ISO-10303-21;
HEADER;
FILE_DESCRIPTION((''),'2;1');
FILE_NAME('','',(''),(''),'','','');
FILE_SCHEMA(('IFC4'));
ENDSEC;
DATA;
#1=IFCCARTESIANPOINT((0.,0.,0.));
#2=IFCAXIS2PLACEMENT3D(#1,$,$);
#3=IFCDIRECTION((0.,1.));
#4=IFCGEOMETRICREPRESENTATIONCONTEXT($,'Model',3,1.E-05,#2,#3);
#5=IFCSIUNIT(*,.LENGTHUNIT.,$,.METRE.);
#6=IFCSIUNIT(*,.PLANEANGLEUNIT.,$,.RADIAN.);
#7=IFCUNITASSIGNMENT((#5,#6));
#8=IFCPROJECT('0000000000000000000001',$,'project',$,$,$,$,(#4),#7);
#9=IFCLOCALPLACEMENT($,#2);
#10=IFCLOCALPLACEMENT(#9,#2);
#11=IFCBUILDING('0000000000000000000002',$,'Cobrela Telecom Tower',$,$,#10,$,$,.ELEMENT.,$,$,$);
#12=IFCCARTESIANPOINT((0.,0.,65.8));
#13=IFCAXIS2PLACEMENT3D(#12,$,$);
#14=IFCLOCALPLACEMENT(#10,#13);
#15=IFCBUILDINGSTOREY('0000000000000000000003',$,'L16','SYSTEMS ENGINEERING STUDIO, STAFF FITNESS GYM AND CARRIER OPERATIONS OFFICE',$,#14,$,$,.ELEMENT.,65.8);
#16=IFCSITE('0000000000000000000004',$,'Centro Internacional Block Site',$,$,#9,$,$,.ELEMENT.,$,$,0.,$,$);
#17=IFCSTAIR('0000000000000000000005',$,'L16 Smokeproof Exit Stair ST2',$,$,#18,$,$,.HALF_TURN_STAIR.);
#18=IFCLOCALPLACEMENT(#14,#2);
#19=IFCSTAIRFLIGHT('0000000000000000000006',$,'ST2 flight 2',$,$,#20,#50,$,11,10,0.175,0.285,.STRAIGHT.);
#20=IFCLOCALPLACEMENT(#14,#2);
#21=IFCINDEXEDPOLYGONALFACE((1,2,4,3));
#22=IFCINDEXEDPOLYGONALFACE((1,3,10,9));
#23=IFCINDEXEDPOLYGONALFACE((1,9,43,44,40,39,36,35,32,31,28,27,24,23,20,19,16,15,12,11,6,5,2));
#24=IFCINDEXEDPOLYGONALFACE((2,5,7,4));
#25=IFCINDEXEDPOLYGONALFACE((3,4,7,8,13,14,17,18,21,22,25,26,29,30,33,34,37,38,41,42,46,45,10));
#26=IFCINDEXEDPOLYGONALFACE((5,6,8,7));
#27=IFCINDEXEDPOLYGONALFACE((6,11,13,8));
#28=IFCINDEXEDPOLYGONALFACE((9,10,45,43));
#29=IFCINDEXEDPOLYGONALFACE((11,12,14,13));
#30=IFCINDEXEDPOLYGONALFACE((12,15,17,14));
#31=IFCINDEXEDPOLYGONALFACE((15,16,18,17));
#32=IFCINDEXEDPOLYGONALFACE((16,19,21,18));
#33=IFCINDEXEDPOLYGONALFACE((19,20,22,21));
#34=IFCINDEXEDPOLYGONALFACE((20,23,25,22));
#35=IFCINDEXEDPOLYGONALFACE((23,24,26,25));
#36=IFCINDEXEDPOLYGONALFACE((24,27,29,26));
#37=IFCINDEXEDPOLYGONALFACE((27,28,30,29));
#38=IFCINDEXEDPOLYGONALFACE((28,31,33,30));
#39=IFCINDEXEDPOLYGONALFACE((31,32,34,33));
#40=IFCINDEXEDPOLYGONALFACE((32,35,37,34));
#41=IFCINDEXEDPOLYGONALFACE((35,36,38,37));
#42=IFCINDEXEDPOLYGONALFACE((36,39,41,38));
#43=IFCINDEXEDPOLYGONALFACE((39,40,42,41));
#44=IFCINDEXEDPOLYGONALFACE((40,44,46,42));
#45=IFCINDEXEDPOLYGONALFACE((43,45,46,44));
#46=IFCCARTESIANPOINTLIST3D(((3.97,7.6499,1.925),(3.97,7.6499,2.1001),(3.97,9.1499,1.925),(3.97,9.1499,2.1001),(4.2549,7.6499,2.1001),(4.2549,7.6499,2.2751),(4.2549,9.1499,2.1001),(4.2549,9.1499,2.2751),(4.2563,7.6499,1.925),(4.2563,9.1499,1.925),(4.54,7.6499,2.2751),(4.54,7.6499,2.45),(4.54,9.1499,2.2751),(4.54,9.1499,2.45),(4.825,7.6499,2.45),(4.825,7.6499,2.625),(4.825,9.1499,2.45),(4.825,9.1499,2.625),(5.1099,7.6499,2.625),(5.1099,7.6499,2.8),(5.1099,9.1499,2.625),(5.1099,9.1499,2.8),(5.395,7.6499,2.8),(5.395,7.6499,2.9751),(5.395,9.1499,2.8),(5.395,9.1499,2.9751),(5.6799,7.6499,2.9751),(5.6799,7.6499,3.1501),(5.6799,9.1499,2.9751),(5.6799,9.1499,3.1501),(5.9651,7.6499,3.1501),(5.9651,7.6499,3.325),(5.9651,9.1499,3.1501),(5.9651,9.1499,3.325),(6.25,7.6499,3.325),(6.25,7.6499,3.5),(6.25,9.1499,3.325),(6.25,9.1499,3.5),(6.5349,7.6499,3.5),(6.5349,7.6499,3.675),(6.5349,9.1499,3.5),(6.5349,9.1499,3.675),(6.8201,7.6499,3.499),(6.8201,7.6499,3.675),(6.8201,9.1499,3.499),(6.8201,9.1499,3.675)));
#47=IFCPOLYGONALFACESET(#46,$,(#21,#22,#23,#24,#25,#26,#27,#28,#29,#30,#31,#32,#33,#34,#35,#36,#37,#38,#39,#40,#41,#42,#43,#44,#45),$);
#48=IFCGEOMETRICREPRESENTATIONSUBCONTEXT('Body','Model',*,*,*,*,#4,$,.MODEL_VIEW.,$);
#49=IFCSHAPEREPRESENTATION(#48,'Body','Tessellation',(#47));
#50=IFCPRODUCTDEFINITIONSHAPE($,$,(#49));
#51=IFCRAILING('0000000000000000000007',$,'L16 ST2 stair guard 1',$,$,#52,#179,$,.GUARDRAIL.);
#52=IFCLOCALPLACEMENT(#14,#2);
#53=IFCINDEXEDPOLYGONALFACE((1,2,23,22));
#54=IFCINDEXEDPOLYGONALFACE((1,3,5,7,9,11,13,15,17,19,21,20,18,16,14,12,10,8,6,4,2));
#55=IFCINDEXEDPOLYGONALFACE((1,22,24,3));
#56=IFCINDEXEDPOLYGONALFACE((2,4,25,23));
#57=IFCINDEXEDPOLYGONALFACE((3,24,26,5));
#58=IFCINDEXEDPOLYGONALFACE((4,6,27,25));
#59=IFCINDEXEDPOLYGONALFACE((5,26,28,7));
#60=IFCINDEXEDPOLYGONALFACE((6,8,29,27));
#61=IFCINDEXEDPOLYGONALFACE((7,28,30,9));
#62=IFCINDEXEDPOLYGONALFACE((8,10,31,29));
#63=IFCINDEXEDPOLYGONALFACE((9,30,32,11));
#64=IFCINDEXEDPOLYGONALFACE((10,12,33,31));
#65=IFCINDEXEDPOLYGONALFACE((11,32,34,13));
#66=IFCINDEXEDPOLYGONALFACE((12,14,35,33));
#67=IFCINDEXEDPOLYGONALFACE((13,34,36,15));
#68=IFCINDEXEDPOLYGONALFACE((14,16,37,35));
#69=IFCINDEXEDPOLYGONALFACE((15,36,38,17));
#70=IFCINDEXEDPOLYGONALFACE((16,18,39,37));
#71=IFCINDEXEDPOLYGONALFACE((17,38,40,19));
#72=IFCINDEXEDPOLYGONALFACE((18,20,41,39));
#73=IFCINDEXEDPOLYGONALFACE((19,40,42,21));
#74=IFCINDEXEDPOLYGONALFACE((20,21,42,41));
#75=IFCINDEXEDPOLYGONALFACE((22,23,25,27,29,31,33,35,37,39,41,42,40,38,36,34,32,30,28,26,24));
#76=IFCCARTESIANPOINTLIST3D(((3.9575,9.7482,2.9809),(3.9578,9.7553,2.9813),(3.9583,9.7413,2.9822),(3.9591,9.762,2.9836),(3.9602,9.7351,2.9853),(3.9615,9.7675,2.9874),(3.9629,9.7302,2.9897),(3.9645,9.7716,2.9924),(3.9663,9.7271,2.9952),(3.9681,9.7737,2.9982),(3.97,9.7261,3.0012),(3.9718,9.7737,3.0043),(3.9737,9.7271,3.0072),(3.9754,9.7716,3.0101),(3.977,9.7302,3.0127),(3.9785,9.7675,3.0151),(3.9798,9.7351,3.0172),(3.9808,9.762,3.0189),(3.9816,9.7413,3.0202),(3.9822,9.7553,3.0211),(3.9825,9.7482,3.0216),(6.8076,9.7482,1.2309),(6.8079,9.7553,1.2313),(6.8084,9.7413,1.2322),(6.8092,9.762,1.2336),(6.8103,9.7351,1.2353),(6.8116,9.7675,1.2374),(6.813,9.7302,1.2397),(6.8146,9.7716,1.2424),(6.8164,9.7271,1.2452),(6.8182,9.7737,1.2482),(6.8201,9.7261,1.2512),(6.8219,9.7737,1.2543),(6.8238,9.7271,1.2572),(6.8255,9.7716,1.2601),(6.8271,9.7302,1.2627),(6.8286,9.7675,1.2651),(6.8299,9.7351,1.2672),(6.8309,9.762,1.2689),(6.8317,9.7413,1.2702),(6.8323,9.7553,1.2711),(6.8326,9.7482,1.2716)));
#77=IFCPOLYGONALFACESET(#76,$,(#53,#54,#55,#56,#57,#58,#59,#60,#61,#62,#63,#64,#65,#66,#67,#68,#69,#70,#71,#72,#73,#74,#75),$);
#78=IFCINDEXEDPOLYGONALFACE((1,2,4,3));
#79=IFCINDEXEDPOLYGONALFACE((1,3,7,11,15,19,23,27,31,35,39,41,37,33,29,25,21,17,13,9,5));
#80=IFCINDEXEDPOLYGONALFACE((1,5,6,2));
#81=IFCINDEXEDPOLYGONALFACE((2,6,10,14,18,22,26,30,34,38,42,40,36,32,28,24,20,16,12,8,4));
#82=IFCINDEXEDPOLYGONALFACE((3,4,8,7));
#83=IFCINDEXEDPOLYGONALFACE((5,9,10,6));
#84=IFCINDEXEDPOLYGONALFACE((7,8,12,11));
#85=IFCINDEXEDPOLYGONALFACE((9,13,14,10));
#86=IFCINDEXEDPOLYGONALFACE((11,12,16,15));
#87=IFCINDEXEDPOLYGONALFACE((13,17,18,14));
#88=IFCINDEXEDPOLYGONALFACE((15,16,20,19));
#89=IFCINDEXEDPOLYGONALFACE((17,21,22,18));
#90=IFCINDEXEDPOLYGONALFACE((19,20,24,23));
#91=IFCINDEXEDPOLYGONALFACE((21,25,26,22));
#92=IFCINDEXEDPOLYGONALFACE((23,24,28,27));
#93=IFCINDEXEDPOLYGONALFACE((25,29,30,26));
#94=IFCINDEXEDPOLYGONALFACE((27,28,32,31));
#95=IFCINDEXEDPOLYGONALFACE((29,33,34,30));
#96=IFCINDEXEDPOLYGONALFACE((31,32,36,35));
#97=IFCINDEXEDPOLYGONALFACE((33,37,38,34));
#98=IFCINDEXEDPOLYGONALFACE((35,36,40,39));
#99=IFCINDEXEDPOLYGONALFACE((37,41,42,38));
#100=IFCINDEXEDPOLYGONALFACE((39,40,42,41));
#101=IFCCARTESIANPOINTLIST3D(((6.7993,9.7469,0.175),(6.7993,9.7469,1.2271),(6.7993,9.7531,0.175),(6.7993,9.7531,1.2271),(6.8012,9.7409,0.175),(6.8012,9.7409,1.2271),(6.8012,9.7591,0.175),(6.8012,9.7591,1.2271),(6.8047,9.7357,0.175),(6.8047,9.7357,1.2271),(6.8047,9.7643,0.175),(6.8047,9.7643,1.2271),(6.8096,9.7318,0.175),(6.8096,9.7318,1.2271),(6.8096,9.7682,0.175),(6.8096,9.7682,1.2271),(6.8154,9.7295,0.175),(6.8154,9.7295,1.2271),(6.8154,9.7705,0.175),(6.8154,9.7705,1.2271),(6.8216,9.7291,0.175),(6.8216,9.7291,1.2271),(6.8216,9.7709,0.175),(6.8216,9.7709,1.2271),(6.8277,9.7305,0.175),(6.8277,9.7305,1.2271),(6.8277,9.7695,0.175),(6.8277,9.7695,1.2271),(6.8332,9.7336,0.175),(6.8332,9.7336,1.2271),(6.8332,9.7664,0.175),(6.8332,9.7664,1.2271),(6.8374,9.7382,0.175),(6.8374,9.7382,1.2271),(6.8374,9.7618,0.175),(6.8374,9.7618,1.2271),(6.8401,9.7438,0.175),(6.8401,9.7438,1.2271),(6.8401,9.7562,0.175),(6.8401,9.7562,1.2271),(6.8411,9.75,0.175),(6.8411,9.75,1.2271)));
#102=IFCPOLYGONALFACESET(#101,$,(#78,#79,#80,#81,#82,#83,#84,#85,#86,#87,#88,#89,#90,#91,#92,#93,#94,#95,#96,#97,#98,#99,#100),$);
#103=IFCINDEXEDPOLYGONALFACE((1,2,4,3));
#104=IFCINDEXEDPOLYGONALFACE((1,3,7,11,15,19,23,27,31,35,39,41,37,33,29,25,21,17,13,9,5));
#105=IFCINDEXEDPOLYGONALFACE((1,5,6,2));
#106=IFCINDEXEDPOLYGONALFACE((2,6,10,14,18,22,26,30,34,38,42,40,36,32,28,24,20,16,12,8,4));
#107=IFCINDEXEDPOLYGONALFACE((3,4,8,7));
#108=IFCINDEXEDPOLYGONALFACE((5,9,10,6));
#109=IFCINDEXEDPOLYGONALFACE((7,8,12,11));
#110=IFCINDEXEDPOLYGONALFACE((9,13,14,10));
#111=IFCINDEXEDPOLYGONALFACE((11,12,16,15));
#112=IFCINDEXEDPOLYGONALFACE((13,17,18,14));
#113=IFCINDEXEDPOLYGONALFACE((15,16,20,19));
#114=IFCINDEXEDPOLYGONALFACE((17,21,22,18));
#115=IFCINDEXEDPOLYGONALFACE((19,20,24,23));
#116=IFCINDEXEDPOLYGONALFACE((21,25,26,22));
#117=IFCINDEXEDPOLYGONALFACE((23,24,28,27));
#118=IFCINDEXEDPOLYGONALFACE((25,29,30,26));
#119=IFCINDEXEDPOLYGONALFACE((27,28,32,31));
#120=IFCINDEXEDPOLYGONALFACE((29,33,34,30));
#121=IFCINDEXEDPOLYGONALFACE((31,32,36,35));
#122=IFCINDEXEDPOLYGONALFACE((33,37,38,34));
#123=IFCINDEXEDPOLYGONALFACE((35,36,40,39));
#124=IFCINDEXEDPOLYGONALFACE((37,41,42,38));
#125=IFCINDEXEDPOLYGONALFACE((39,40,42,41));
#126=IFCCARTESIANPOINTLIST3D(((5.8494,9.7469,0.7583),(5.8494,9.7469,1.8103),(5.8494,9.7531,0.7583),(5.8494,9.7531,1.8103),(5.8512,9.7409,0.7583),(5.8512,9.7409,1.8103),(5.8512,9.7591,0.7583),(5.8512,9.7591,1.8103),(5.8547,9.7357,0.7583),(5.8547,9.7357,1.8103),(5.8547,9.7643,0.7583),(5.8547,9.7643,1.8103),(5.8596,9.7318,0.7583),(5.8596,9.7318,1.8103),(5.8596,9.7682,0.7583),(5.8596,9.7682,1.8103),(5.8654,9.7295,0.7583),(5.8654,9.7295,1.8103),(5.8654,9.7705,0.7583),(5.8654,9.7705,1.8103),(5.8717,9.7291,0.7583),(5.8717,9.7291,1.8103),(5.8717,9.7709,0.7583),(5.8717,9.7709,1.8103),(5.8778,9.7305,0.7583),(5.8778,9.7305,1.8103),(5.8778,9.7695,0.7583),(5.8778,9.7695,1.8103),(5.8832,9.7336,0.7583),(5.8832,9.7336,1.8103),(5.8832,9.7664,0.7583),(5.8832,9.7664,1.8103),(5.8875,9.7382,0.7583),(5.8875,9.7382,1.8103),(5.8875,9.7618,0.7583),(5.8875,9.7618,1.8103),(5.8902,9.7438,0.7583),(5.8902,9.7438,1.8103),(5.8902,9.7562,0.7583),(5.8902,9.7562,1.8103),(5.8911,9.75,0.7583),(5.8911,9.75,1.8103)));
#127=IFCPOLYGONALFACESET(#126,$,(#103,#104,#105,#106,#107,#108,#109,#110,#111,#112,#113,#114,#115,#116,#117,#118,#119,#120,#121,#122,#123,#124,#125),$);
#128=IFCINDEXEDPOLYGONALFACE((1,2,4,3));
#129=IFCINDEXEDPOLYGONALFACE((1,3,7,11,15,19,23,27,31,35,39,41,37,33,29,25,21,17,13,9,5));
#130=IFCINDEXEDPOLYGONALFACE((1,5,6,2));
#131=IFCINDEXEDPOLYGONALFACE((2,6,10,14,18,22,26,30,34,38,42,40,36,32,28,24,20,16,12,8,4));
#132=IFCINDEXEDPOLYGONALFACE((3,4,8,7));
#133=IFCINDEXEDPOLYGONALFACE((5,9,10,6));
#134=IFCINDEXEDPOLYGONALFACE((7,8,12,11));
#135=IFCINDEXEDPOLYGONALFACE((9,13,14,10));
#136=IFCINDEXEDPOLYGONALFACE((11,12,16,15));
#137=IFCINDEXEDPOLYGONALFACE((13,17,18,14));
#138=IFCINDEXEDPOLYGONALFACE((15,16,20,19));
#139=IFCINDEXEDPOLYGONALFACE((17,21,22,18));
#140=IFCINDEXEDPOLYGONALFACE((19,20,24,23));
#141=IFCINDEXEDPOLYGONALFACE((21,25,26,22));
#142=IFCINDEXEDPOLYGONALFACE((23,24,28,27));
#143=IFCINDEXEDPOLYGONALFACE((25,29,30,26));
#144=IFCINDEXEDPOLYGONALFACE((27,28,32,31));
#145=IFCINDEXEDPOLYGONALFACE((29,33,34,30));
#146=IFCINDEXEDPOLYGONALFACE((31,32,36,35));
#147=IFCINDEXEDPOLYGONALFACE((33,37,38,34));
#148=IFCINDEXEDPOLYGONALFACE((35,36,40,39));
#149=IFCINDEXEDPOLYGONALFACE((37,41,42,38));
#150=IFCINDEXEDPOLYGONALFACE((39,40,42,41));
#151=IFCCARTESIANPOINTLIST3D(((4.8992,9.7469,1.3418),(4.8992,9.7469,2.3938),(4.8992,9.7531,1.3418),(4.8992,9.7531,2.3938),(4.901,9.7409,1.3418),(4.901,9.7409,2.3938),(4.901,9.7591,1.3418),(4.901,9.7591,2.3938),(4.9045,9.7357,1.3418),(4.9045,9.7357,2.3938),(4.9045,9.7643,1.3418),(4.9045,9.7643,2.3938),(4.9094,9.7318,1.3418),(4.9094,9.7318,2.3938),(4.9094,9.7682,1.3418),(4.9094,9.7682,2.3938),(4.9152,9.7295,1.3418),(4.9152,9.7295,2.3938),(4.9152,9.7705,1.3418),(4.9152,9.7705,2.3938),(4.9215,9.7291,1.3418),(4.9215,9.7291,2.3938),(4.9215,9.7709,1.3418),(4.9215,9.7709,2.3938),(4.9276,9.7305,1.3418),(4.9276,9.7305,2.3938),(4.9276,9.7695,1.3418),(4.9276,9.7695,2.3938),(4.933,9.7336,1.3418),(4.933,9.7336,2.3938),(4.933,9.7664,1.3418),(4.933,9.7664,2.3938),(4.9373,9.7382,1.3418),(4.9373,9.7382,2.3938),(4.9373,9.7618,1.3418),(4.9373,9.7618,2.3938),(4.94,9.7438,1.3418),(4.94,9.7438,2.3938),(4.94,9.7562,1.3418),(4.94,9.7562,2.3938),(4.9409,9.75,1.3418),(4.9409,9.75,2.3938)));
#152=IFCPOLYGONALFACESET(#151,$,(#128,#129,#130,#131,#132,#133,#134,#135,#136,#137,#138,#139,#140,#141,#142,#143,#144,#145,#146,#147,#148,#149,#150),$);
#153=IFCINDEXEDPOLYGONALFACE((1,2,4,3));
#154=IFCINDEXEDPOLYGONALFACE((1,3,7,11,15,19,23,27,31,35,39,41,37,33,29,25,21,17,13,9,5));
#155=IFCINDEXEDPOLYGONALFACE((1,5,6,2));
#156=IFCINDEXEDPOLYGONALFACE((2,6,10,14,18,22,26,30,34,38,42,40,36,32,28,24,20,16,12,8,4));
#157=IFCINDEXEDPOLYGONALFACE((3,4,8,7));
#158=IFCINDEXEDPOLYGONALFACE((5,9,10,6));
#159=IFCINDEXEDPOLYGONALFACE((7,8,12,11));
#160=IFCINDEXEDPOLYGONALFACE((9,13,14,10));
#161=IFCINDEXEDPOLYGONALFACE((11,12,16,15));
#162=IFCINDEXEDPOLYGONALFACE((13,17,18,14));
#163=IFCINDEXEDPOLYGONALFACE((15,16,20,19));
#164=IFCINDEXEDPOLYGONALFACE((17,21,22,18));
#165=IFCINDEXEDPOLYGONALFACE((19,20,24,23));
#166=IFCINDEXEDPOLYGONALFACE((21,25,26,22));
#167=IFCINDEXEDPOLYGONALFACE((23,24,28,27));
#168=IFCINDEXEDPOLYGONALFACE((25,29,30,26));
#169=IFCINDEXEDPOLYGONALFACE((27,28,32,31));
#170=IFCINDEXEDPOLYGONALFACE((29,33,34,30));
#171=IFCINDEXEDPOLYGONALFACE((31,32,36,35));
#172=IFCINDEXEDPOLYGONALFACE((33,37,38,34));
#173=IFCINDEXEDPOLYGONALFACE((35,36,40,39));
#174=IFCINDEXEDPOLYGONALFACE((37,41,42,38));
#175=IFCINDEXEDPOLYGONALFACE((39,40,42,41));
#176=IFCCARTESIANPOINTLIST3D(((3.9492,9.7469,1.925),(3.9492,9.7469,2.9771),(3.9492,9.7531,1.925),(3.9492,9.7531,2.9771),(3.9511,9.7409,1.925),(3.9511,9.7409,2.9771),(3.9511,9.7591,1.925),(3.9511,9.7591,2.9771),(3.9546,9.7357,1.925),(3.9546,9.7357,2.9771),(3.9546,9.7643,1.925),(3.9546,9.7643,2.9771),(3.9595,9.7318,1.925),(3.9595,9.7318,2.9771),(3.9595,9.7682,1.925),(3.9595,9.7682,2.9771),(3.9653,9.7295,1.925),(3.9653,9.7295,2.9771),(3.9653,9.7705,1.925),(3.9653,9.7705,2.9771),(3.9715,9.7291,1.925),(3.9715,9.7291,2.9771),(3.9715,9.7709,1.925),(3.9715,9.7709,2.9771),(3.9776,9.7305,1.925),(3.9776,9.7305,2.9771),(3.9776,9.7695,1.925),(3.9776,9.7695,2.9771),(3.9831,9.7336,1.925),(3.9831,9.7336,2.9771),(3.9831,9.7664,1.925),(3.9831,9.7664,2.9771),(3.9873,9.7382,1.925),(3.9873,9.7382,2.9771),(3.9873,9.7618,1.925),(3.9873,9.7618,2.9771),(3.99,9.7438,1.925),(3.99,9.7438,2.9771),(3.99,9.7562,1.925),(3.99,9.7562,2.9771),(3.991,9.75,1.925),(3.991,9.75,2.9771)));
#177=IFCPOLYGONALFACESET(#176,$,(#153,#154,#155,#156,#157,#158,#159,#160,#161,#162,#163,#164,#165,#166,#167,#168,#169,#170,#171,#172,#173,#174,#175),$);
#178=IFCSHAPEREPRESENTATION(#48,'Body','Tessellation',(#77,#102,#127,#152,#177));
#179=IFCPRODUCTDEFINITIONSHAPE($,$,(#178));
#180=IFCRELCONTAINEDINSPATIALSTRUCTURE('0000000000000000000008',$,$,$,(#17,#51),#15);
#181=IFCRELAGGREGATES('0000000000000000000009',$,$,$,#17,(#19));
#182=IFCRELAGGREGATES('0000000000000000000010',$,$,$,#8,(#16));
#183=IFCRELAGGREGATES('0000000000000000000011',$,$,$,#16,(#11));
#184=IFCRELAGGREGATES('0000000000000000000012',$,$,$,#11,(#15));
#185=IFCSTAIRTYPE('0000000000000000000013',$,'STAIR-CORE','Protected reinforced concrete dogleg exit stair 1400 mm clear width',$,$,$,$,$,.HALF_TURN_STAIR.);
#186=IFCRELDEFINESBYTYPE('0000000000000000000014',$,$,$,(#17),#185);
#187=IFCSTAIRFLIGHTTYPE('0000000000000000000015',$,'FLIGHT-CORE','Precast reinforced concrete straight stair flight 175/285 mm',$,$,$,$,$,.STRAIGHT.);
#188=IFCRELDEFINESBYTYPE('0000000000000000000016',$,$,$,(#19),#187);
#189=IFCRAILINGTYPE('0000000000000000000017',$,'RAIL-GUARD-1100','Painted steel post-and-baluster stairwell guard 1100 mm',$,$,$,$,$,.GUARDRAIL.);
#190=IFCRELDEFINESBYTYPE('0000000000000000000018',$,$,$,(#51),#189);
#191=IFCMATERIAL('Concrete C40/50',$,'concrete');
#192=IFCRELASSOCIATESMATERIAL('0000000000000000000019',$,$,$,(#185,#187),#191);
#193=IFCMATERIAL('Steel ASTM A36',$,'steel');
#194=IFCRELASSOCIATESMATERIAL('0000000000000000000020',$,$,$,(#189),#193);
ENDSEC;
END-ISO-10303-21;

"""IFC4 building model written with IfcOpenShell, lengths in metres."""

from ifc_helpers import new_model, si_unit, direction, frame, origin, origin_2d, place, context, subcontext, project, spatial, polyline, circle, outline, extrude, material, type_object, element, aggregate, save


model = new_model("IFC4")

# Units and contexts
model_context = context("Model", 3, precision=1e-05, world=origin(), true_north=direction((0.0, 1.0)))
body_context = subcontext(model_context, "Body", "Model", "MODEL_VIEW")
ifc_project = project(units=[si_unit("LENGTHUNIT", "METRE"), si_unit("PLANEANGLEUNIT", "RADIAN")], contexts=[model_context])

# Site, building, storey
site_placement = place(None, origin())
site = spatial("IfcSite", under=ifc_project, at=site_placement, Name="Centro Internacional Block Site", CompositionType="ELEMENT", RefElevation=0.0)
building_placement = place(site_placement, origin())
building = spatial("IfcBuilding", under=site, at=building_placement, Name="Cobrela Telecom Tower", CompositionType="ELEMENT")
storey_placement = place(building_placement, frame((0.0, 0.0, 65.8)))
storey = spatial("IfcBuildingStorey", under=building, at=storey_placement, Name="L16", Description="SYSTEMS ENGINEERING STUDIO, STAFF FITNESS GYM AND CARRIER OPERATIONS OFFICE", CompositionType="ELEMENT", Elevation=65.8)

# Shared definitions
ifc_material_1 = material(Name="Concrete C40/50", Category="concrete")

# Stair, stair flight
stair_type = type_object("IfcStairType", Name="STAIR-CORE", Description="Protected reinforced concrete dogleg exit stair 1400 mm clear width", PredefinedType="HALF_TURN_STAIR", material=ifc_material_1)
stair_placement = place(storey_placement, origin())
stair = element("IfcStair", 1, at=stair_placement, inside=storey, type_object=stair_type, Name="L16 Smokeproof Exit Stair ST2", PredefinedType="HALF_TURN_STAIR")
stair_flight_type = type_object("IfcStairFlightType", Name="FLIGHT-CORE", Description="Precast reinforced concrete straight stair flight 175/285 mm", PredefinedType="STRAIGHT", material=ifc_material_1)
stair_flight_1_placement = place(storey_placement, frame((3.97, 8.3999, 1.925), z_axis=(0.0, 0.0, 1.0), x_axis=(1.0, 0.0, 0.0)))
stair_flight_1 = element("IfcStairFlight", 2, at=stair_flight_1_placement, type_object=stair_flight_type, Name="ST2 flight 2", NumberOfRisers=11, NumberOfTreads=10, PredefinedType="STRAIGHT", RiserHeight=0.175, TreadLength=0.285, context=body_context, shape_type="SweptSolid", body=[
    extrude(outline(polyline([(0.0, 0.0), (0.0, 0.175), (0.2849, 0.175), (0.2849, 0.3501), (0.5701, 0.3501), (0.5701, 0.5249), (0.855, 0.5249), (0.855, 0.7), (1.1399, 0.7), (1.1399, 0.875), (1.425, 0.875), (1.425, 1.05), (1.71, 1.05), (1.71, 1.2251), (1.9951, 1.2251), (1.9951, 1.3999), (2.28, 1.3999), (2.28, 1.575), (2.5649, 1.575), (2.5649, 1.75), (2.8501, 1.75), (2.8501, 1.925), (2.8501, 1.574), (0.2864, 0.0), (0.0, 0.0)])), frame((0.0, 0.75, 0.0), z_axis=(0.0, -1.0, 0.0), x_axis=(1.0, 0.0, 0.0)), (0.0, 0.0, 1.0), 1.5),
])
aggregate(stair, [stair_flight_1])

# Railing
ifc_material_2 = material(Name="Steel ASTM A36", Category="steel")
railing_type_1 = type_object("IfcRailingType", Name="RAIL-GUARD-1100", Description="Painted steel post-and-baluster stairwell guard 1100 mm", PredefinedType="GUARDRAIL", material=ifc_material_2)
railing_1_placement = place(storey_placement, frame((6.8201, 9.75, 0.175)))
element("IfcRailing", 3, at=railing_1_placement, inside=storey, type_object=railing_type_1, Name="L16 ST2 stair guard 1", PredefinedType="GUARDRAIL", context=body_context, shape_type="SweptSolid", body=[
    extrude(circle(Radius=0.0239, at=origin_2d()), frame((0.0, 0.0, 1.0762), z_axis=(-0.852179, 0.0, 0.52325), x_axis=(0.0, -1.0, 0.0)), (0.0, 0.0, 1.0), 3.3445),
    extrude(circle(Radius=0.021, at=origin_2d()), origin(), (0.0, 0.0, 1.0), 1.052),
    extrude(circle(Radius=0.021, at=origin_2d()), frame((-0.95, 0.0, 0.5833)), (0.0, 0.0, 1.0), 1.052),
    extrude(circle(Radius=0.021, at=origin_2d()), frame((-1.9001, 0.0, 1.1667)), (0.0, 0.0, 1.0), 1.052),
    extrude(circle(Radius=0.021, at=origin_2d()), frame((-2.8501, 0.0, 1.75)), (0.0, 0.0, 1.0), 1.052),
])

save(model, "model.ifc")
